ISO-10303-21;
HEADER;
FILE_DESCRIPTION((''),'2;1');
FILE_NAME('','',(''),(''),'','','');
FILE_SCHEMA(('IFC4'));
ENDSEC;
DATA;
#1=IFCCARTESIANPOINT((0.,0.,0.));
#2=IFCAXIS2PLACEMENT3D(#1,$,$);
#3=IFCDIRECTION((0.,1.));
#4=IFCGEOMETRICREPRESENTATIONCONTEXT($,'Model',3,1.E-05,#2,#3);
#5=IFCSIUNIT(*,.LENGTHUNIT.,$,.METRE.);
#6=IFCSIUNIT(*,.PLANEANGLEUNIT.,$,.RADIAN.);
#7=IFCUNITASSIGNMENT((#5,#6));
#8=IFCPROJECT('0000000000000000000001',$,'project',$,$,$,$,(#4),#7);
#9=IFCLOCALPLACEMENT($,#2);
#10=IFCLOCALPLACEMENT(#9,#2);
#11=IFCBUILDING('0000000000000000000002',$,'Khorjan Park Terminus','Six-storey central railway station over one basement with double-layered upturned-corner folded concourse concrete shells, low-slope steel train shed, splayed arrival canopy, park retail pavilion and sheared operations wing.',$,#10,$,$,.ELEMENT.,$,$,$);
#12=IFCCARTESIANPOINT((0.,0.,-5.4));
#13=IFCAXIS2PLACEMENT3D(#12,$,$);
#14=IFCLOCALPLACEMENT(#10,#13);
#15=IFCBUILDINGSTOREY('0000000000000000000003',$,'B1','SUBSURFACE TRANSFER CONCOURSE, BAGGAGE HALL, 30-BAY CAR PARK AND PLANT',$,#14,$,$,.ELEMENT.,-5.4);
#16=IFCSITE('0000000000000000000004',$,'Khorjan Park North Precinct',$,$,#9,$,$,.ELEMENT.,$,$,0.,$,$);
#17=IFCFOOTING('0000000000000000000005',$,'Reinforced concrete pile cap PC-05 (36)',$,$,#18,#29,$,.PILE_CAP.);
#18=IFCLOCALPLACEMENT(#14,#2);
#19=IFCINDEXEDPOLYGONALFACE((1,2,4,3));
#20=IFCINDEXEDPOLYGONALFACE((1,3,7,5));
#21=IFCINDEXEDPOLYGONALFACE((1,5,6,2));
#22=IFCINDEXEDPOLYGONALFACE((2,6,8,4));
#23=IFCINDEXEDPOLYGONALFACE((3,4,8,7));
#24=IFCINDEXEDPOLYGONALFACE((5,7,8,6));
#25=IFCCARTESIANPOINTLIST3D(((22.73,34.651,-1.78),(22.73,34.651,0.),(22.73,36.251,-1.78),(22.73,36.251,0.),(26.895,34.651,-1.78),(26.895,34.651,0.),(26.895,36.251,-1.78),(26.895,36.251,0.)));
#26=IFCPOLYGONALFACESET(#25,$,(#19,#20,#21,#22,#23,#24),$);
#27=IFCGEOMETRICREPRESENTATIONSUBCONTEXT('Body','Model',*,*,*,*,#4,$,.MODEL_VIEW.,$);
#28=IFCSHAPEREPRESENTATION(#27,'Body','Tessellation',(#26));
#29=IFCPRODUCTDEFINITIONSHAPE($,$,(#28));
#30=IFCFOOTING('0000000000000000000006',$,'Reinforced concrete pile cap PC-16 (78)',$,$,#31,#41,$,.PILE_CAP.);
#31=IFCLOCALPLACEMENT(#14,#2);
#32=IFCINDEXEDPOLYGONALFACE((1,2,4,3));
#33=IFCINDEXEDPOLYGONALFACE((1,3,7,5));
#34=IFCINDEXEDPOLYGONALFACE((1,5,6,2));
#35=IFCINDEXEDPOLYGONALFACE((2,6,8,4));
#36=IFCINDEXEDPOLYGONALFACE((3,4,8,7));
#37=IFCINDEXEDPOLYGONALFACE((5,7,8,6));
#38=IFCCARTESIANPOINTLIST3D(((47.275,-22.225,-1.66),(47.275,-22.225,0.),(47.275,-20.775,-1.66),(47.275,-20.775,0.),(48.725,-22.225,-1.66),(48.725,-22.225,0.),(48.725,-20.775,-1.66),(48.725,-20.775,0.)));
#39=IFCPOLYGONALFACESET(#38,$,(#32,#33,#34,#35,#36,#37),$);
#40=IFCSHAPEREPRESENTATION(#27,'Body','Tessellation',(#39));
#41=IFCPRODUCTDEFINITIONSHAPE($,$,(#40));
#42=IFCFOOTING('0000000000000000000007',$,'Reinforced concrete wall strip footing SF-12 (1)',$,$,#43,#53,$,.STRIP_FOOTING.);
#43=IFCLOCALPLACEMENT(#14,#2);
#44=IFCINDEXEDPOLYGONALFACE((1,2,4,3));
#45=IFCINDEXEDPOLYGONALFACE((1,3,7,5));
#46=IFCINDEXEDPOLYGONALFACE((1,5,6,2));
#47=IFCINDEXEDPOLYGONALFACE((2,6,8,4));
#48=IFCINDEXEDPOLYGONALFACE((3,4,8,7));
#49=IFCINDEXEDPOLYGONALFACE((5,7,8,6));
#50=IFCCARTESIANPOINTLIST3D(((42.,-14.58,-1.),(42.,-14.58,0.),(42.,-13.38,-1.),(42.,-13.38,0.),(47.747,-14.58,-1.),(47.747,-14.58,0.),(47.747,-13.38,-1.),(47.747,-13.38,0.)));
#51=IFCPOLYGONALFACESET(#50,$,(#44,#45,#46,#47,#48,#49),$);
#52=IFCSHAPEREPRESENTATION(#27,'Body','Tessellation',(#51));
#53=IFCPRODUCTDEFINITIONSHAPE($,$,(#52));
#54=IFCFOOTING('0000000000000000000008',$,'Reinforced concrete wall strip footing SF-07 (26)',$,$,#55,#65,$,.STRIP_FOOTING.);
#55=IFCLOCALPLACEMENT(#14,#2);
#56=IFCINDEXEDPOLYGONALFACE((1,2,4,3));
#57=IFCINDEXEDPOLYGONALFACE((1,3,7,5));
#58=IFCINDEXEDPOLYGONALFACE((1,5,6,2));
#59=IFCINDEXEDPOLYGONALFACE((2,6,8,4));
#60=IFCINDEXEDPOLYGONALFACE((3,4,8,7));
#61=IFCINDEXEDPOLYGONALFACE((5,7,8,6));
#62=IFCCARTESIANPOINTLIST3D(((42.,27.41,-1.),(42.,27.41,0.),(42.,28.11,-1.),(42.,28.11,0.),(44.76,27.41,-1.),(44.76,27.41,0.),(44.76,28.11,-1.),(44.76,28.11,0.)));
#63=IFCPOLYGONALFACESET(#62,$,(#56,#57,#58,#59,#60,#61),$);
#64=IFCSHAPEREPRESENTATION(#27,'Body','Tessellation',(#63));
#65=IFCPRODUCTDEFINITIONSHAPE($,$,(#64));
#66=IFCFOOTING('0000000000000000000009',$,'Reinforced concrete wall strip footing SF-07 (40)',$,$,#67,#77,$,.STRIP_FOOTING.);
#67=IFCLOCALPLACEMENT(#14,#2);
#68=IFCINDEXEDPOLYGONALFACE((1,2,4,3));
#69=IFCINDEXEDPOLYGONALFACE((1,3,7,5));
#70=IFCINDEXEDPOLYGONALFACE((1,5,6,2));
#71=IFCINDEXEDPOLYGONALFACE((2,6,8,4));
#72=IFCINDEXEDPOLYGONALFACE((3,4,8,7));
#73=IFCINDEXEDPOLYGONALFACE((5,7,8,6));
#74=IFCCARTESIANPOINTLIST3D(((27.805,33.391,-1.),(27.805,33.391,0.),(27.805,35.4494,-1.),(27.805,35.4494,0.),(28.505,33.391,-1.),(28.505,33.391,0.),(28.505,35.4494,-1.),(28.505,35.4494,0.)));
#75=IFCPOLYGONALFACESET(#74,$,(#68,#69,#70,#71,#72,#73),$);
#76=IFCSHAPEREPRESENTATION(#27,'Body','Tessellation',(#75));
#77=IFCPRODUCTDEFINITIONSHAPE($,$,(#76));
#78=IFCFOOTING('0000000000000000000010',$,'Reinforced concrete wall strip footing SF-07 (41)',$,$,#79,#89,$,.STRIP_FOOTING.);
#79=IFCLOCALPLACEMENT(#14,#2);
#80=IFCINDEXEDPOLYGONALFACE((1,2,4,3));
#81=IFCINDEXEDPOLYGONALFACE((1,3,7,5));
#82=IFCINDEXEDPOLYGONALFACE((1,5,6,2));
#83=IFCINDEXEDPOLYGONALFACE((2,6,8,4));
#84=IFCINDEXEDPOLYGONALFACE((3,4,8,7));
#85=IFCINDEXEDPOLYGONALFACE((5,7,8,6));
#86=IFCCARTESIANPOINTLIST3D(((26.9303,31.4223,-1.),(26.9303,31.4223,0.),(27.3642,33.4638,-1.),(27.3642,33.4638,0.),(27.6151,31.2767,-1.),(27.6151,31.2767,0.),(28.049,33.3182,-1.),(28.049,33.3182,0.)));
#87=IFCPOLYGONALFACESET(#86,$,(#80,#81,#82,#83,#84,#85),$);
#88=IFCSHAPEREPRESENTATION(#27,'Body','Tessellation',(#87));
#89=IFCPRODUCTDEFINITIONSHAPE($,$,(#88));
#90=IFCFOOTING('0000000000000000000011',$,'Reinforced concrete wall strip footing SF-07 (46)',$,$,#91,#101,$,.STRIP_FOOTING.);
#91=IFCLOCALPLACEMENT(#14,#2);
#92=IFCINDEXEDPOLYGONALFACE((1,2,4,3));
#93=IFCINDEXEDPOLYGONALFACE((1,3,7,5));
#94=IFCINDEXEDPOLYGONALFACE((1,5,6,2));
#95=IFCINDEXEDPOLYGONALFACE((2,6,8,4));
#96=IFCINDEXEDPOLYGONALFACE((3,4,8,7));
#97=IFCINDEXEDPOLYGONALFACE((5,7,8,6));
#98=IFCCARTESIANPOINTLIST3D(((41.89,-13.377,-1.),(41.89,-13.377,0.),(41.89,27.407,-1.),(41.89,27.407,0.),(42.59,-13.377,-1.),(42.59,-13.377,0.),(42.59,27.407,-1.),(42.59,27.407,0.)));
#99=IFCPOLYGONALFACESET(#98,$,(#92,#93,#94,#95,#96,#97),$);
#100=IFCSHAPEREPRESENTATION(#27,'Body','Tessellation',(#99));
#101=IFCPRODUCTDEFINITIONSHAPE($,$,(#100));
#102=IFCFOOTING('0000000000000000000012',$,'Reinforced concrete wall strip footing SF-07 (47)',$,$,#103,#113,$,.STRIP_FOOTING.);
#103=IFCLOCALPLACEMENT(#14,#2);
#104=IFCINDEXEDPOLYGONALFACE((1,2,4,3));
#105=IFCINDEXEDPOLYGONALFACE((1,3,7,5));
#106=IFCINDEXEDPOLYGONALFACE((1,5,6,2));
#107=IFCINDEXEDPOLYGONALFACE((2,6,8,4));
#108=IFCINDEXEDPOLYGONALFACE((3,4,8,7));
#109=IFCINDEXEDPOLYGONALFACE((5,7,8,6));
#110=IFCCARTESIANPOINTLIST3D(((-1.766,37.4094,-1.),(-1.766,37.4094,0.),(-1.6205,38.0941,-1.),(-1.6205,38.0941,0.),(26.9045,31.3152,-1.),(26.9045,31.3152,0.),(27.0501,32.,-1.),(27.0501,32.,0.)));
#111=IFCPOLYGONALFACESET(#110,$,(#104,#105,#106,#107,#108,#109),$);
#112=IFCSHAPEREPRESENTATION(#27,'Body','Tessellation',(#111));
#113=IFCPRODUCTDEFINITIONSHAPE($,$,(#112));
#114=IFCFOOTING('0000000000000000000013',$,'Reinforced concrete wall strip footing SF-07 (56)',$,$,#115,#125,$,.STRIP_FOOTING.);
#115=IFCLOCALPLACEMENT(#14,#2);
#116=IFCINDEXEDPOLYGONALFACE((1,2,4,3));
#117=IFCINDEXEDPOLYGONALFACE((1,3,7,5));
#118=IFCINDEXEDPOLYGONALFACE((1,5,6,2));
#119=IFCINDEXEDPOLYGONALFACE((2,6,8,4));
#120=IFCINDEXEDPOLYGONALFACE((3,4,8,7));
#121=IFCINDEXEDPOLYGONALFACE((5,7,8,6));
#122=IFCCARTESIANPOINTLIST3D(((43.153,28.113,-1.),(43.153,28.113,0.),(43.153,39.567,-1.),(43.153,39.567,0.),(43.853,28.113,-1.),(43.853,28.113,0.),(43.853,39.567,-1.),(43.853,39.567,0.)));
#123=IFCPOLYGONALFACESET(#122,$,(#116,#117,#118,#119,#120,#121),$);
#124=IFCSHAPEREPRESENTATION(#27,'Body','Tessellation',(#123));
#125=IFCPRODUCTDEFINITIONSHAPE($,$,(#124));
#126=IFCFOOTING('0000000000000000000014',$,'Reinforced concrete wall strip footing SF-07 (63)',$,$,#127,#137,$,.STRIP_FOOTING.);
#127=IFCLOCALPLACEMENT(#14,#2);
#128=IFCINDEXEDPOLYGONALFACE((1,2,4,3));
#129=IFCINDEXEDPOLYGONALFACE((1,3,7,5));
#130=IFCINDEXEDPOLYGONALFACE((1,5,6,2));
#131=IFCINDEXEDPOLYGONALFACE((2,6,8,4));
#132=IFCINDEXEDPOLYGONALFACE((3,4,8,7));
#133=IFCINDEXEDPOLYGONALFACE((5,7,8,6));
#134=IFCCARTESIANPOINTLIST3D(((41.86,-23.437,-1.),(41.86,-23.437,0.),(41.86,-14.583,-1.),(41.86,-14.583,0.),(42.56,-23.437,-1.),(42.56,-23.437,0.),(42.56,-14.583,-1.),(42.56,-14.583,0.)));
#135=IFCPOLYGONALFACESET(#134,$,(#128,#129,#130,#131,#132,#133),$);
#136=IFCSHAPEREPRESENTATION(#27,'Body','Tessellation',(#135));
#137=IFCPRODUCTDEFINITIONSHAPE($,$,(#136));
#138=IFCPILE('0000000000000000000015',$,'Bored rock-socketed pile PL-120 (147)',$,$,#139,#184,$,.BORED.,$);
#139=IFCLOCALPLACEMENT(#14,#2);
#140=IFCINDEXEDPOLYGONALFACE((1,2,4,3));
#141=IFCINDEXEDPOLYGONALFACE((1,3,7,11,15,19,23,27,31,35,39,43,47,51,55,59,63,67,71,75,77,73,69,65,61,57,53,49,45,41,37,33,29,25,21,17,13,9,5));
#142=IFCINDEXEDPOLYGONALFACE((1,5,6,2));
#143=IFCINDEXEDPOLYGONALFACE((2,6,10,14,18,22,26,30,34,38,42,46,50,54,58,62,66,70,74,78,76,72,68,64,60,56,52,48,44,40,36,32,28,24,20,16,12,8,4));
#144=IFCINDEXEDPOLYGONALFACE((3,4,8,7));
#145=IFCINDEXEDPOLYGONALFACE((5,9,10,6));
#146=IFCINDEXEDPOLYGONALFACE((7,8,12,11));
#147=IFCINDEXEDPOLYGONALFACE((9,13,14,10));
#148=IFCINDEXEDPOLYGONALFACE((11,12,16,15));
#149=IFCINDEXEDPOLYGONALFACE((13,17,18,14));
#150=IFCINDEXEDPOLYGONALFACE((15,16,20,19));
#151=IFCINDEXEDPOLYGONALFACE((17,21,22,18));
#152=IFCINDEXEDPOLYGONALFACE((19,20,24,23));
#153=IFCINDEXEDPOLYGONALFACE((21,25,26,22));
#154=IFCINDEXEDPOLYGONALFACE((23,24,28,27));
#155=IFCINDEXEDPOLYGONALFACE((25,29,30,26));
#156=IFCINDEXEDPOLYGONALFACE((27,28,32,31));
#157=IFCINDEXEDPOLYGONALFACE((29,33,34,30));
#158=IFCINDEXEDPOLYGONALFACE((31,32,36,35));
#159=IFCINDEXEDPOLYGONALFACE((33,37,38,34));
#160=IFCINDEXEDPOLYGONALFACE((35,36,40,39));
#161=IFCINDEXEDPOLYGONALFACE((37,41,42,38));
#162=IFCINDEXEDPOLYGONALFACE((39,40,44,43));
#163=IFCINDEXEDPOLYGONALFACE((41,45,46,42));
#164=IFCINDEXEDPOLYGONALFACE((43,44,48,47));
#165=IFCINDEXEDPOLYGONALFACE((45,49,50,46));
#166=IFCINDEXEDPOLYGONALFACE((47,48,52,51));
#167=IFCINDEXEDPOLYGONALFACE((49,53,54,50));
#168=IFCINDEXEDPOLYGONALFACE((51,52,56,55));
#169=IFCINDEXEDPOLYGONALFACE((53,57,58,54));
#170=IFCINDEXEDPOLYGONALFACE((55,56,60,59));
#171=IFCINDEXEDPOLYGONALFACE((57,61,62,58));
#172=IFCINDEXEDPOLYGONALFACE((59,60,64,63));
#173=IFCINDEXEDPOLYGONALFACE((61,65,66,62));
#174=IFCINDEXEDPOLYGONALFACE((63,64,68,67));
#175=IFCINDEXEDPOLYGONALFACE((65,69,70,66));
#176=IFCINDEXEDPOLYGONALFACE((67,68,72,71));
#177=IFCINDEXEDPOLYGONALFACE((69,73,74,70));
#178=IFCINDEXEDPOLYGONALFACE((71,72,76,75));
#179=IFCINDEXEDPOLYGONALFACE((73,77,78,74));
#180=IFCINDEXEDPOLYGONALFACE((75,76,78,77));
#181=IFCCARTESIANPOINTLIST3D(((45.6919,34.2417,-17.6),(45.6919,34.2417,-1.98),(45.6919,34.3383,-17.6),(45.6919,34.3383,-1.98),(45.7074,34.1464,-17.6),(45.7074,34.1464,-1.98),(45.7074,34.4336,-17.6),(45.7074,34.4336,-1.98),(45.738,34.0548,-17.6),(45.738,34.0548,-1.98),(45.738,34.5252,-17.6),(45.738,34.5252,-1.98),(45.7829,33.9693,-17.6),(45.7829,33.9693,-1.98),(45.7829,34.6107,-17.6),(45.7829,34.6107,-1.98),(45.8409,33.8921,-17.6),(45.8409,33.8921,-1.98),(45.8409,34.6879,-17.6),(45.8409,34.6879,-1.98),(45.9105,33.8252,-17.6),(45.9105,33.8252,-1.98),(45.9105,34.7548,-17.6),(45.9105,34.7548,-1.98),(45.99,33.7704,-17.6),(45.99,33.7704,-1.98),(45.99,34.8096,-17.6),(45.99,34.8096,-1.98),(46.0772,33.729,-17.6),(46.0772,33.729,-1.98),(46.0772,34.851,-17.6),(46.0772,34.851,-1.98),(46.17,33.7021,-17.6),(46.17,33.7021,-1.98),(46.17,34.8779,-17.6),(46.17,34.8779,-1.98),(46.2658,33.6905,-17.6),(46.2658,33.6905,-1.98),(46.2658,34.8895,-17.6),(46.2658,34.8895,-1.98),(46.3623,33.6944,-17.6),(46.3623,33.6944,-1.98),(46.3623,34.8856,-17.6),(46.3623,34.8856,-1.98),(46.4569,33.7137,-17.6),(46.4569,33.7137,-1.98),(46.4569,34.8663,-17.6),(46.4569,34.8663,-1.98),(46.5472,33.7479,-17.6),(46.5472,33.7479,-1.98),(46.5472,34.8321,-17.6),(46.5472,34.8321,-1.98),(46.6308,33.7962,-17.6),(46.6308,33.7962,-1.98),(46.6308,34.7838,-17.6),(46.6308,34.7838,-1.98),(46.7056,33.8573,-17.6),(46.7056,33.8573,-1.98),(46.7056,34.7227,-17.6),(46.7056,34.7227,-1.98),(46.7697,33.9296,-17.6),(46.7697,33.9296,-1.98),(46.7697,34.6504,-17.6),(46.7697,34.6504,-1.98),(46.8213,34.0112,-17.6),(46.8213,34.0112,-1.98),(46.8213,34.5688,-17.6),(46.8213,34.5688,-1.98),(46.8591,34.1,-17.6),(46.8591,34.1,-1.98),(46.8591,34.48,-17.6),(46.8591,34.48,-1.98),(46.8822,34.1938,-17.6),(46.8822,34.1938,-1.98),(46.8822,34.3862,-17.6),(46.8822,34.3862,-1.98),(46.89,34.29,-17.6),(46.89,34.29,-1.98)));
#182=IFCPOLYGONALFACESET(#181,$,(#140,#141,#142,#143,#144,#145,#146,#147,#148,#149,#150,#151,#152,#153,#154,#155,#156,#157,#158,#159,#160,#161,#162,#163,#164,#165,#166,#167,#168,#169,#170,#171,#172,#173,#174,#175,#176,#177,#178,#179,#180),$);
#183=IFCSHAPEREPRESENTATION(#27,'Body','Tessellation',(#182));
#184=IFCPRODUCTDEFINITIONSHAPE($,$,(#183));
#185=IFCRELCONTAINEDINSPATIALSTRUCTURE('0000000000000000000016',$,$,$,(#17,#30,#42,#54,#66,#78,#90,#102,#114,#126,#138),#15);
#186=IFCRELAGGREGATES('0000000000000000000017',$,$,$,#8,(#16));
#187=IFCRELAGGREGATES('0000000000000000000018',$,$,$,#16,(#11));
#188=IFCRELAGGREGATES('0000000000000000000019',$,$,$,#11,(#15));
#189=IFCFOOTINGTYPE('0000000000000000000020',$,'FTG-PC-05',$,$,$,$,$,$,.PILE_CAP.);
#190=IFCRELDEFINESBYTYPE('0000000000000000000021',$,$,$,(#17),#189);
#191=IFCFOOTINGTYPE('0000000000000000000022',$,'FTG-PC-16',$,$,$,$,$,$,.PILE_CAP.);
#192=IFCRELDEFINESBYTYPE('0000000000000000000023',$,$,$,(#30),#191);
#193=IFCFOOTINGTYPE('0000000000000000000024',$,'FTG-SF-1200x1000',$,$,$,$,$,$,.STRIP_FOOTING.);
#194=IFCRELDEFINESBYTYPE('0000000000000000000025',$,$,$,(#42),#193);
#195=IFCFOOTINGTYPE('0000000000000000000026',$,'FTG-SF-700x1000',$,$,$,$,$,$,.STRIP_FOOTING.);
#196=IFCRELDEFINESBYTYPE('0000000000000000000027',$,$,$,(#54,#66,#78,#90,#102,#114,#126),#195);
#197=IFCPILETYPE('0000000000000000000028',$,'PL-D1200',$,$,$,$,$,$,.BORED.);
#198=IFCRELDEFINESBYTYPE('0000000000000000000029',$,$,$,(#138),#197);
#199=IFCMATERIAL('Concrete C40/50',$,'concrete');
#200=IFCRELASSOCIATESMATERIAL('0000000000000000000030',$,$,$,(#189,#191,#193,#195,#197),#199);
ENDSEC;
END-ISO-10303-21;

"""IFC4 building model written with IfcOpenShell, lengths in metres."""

from ifc_helpers import new_model, si_unit, direction, frame, origin, origin_2d, place, context, subcontext, project, spatial, rectangle, circle, extrude, material, material_profile, profile_set, type_object, element, save


model = new_model("IFC4")

# Units and contexts
model_context = context("Model", 3, precision=1e-05, world=origin(), true_north=direction((0.0, 1.0)))
body_context = subcontext(model_context, "Body", "Model", "MODEL_VIEW")
ifc_project = project(units=[si_unit("LENGTHUNIT", "METRE"), si_unit("PLANEANGLEUNIT", "RADIAN")], contexts=[model_context])

# Site, building, storey
site_placement = place(None, origin())
site = spatial("IfcSite", under=ifc_project, at=site_placement, Name="Khorjan Park North Precinct", CompositionType="ELEMENT", RefElevation=0.0)
building_placement = place(site_placement, origin())
building = spatial("IfcBuilding", under=site, at=building_placement, Name="Khorjan Park Terminus", Description="Six-storey central railway station over one basement with double-layered upturned-corner folded concourse concrete shells, low-slope steel train shed, splayed arrival canopy, park retail pavilion and sheared operations wing.", CompositionType="ELEMENT")
storey_placement = place(building_placement, frame((0.0, 0.0, -5.4)))
storey = spatial("IfcBuildingStorey", under=building, at=storey_placement, Name="B1", Description="SUBSURFACE TRANSFER CONCOURSE, BAGGAGE HALL, 30-BAY CAR PARK AND PLANT", CompositionType="ELEMENT", Elevation=-5.4)

# Footings
ifc_material_1 = material(Name="Concrete C40/50", Category="concrete")
footing_type_1 = type_object("IfcFootingType", Name="FTG-PC-05", PredefinedType="PILE_CAP", material=ifc_material_1)
footing_1_placement = place(storey_placement, frame((24.8125, 35.451, -1.78), z_axis=(0.0, 0.0, 1.0), x_axis=(1.0, 0.0, 0.0)))
element("IfcFooting", 1, at=footing_1_placement, inside=storey, type_object=footing_type_1, Name="Reinforced concrete pile cap PC-05 (36)", PredefinedType="PILE_CAP", context=body_context, shape_type="SweptSolid", body=[
    extrude(rectangle(XDim=4.165, YDim=1.6, at=origin_2d()), origin(), (0.0, 0.0, 1.0), 1.78),
])
footing_type_2 = type_object("IfcFootingType", Name="FTG-PC-16", PredefinedType="PILE_CAP", material=ifc_material_1)
footing_2_placement = place(storey_placement, frame((48.0, -21.5, -1.66), z_axis=(0.0, 0.0, 1.0), x_axis=(1.0, 0.0, 0.0)))
element("IfcFooting", 2, at=footing_2_placement, inside=storey, type_object=footing_type_2, Name="Reinforced concrete pile cap PC-16 (78)", PredefinedType="PILE_CAP", context=body_context, shape_type="SweptSolid", body=[
    extrude(rectangle(XDim=1.45, YDim=1.45, at=origin_2d()), origin(), (0.0, 0.0, 1.0), 1.66),
])
ifc_material_profile_1 = material_profile(ifc_material_1, rectangle(XDim=1.2, YDim=1.0, at=origin_2d()), Name="RC 1200x1000")
ifc_profile_set_1 = profile_set([ifc_material_profile_1], Name="Concrete C40/50")
footing_type_3 = type_object("IfcFootingType", Name="FTG-SF-1200x1000", PredefinedType="STRIP_FOOTING", material=ifc_profile_set_1)
footing_3_placement = place(storey_placement, frame((42.0, -13.98, -0.5), z_axis=(1.0, 0.0, 0.0), x_axis=(0.0, 1.0, 0.0)))
element("IfcFooting", 3, at=footing_3_placement, inside=storey, type_object=footing_type_3, Name="Reinforced concrete wall strip footing SF-12 (1)", PredefinedType="STRIP_FOOTING", context=body_context, shape_type="SweptSolid", body=[
    extrude(rectangle(XDim=1.2, YDim=1.0, at=origin_2d()), origin(), (0.0, 0.0, 1.0), 5.747),
])
ifc_material_profile_2 = material_profile(ifc_material_1, rectangle(XDim=0.7, YDim=1.0, at=origin_2d()), Name="RC 700x1000")
ifc_profile_set_2 = profile_set([ifc_material_profile_2], Name="Concrete C40/50")
footing_type_4 = type_object("IfcFootingType", Name="FTG-SF-700x1000", PredefinedType="STRIP_FOOTING", material=ifc_profile_set_2)
footing_4_placement = place(storey_placement, frame((42.0, 27.76, -0.5), z_axis=(1.0, 0.0, 0.0), x_axis=(0.0, 1.0, 0.0)))
element("IfcFooting", 4, at=footing_4_placement, inside=storey, type_object=footing_type_4, Name="Reinforced concrete wall strip footing SF-07 (26)", PredefinedType="STRIP_FOOTING", context=body_context, shape_type="SweptSolid", body=[
    extrude(rectangle(XDim=0.7, YDim=1.0, at=origin_2d()), origin(), (0.0, 0.0, 1.0), 2.76),
])
footing_5_placement = place(storey_placement, frame((28.155, 35.4494, -0.5), z_axis=(0.0, -1.0, 0.0), x_axis=(1.0, 0.0, 0.0)))
element("IfcFooting", 5, at=footing_5_placement, inside=storey, type_object=footing_type_4, Name="Reinforced concrete wall strip footing SF-07 (40)", PredefinedType="STRIP_FOOTING", context=body_context, shape_type="SweptSolid", body=[
    extrude(rectangle(XDim=0.7, YDim=1.0, at=origin_2d()), origin(), (0.0, 0.0, 1.0), 2.0584),
])
footing_6_placement = place(storey_placement, frame((27.7066, 33.391, -0.5), z_axis=(-0.207896, -0.978151, 0.0), x_axis=(0.978151, -0.207896, 0.0)))
element("IfcFooting", 6, at=footing_6_placement, inside=storey, type_object=footing_type_4, Name="Reinforced concrete wall strip footing SF-07 (41)", PredefinedType="STRIP_FOOTING", context=body_context, shape_type="SweptSolid", body=[
    extrude(rectangle(XDim=0.7, YDim=1.0, at=origin_2d()), origin(), (0.0, 0.0, 1.0), 2.0871),
])
footing_7_placement = place(storey_placement, frame((42.24, -13.377, -0.5), z_axis=(0.0, 1.0, 0.0), x_axis=(-1.0, 0.0, 0.0)))
element("IfcFooting", 7, at=footing_7_placement, inside=storey, type_object=footing_type_4, Name="Reinforced concrete wall strip footing SF-07 (46)", PredefinedType="STRIP_FOOTING", context=body_context, shape_type="SweptSolid", body=[
    extrude(rectangle(XDim=0.7, YDim=1.0, at=origin_2d()), origin(), (0.0, 0.0, 1.0), 40.784),
])
footing_8_placement = place(storey_placement, frame((26.9773, 31.6576, -0.5), z_axis=(-0.978147, 0.207914, 0.0), x_axis=(-0.207914, -0.978147, 0.0)))
element("IfcFooting", 8, at=footing_8_placement, inside=storey, type_object=footing_type_4, Name="Reinforced concrete wall strip footing SF-07 (47)", PredefinedType="STRIP_FOOTING", context=body_context, shape_type="SweptSolid", body=[
    extrude(rectangle(XDim=0.7, YDim=1.0, at=origin_2d()), origin(), (0.0, 0.0, 1.0), 29.3111),
])
footing_9_placement = place(storey_placement, frame((43.503, 28.113, -0.5), z_axis=(0.0, 1.0, 0.0), x_axis=(-1.0, 0.0, 0.0)))
element("IfcFooting", 9, at=footing_9_placement, inside=storey, type_object=footing_type_4, Name="Reinforced concrete wall strip footing SF-07 (56)", PredefinedType="STRIP_FOOTING", context=body_context, shape_type="SweptSolid", body=[
    extrude(rectangle(XDim=0.7, YDim=1.0, at=origin_2d()), origin(), (0.0, 0.0, 1.0), 11.454),
])
footing_10_placement = place(storey_placement, frame((42.21, -23.437, -0.5), z_axis=(0.0, 1.0, 0.0), x_axis=(-1.0, 0.0, 0.0)))
element("IfcFooting", 10, at=footing_10_placement, inside=storey, type_object=footing_type_4, Name="Reinforced concrete wall strip footing SF-07 (63)", PredefinedType="STRIP_FOOTING", context=body_context, shape_type="SweptSolid", body=[
    extrude(rectangle(XDim=0.7, YDim=1.0, at=origin_2d()), origin(), (0.0, 0.0, 1.0), 8.854),
])

# Pile
ifc_material_profile_3 = material_profile(ifc_material_1, circle(Radius=0.6, at=origin_2d()), Name="BORED D1200")
ifc_profile_set_3 = profile_set([ifc_material_profile_3], Name="Concrete C40/50")
pile_type_1 = type_object("IfcPileType", Name="PL-D1200", PredefinedType="BORED", material=ifc_profile_set_3)
pile_1_placement = place(storey_placement, frame((46.29, 34.29, -1.98), z_axis=(0.0, 0.0, -1.0), x_axis=(1.0, 0.0, 0.0)))
element("IfcPile", 11, at=pile_1_placement, inside=storey, type_object=pile_type_1, Name="Bored rock-socketed pile PL-120 (147)", PredefinedType="BORED", context=body_context, shape_type="SweptSolid", body=[
    extrude(circle(Radius=0.6, at=origin_2d()), origin(), (0.0, 0.0, 1.0), 15.62),
])

save(model, "model.ifc")
